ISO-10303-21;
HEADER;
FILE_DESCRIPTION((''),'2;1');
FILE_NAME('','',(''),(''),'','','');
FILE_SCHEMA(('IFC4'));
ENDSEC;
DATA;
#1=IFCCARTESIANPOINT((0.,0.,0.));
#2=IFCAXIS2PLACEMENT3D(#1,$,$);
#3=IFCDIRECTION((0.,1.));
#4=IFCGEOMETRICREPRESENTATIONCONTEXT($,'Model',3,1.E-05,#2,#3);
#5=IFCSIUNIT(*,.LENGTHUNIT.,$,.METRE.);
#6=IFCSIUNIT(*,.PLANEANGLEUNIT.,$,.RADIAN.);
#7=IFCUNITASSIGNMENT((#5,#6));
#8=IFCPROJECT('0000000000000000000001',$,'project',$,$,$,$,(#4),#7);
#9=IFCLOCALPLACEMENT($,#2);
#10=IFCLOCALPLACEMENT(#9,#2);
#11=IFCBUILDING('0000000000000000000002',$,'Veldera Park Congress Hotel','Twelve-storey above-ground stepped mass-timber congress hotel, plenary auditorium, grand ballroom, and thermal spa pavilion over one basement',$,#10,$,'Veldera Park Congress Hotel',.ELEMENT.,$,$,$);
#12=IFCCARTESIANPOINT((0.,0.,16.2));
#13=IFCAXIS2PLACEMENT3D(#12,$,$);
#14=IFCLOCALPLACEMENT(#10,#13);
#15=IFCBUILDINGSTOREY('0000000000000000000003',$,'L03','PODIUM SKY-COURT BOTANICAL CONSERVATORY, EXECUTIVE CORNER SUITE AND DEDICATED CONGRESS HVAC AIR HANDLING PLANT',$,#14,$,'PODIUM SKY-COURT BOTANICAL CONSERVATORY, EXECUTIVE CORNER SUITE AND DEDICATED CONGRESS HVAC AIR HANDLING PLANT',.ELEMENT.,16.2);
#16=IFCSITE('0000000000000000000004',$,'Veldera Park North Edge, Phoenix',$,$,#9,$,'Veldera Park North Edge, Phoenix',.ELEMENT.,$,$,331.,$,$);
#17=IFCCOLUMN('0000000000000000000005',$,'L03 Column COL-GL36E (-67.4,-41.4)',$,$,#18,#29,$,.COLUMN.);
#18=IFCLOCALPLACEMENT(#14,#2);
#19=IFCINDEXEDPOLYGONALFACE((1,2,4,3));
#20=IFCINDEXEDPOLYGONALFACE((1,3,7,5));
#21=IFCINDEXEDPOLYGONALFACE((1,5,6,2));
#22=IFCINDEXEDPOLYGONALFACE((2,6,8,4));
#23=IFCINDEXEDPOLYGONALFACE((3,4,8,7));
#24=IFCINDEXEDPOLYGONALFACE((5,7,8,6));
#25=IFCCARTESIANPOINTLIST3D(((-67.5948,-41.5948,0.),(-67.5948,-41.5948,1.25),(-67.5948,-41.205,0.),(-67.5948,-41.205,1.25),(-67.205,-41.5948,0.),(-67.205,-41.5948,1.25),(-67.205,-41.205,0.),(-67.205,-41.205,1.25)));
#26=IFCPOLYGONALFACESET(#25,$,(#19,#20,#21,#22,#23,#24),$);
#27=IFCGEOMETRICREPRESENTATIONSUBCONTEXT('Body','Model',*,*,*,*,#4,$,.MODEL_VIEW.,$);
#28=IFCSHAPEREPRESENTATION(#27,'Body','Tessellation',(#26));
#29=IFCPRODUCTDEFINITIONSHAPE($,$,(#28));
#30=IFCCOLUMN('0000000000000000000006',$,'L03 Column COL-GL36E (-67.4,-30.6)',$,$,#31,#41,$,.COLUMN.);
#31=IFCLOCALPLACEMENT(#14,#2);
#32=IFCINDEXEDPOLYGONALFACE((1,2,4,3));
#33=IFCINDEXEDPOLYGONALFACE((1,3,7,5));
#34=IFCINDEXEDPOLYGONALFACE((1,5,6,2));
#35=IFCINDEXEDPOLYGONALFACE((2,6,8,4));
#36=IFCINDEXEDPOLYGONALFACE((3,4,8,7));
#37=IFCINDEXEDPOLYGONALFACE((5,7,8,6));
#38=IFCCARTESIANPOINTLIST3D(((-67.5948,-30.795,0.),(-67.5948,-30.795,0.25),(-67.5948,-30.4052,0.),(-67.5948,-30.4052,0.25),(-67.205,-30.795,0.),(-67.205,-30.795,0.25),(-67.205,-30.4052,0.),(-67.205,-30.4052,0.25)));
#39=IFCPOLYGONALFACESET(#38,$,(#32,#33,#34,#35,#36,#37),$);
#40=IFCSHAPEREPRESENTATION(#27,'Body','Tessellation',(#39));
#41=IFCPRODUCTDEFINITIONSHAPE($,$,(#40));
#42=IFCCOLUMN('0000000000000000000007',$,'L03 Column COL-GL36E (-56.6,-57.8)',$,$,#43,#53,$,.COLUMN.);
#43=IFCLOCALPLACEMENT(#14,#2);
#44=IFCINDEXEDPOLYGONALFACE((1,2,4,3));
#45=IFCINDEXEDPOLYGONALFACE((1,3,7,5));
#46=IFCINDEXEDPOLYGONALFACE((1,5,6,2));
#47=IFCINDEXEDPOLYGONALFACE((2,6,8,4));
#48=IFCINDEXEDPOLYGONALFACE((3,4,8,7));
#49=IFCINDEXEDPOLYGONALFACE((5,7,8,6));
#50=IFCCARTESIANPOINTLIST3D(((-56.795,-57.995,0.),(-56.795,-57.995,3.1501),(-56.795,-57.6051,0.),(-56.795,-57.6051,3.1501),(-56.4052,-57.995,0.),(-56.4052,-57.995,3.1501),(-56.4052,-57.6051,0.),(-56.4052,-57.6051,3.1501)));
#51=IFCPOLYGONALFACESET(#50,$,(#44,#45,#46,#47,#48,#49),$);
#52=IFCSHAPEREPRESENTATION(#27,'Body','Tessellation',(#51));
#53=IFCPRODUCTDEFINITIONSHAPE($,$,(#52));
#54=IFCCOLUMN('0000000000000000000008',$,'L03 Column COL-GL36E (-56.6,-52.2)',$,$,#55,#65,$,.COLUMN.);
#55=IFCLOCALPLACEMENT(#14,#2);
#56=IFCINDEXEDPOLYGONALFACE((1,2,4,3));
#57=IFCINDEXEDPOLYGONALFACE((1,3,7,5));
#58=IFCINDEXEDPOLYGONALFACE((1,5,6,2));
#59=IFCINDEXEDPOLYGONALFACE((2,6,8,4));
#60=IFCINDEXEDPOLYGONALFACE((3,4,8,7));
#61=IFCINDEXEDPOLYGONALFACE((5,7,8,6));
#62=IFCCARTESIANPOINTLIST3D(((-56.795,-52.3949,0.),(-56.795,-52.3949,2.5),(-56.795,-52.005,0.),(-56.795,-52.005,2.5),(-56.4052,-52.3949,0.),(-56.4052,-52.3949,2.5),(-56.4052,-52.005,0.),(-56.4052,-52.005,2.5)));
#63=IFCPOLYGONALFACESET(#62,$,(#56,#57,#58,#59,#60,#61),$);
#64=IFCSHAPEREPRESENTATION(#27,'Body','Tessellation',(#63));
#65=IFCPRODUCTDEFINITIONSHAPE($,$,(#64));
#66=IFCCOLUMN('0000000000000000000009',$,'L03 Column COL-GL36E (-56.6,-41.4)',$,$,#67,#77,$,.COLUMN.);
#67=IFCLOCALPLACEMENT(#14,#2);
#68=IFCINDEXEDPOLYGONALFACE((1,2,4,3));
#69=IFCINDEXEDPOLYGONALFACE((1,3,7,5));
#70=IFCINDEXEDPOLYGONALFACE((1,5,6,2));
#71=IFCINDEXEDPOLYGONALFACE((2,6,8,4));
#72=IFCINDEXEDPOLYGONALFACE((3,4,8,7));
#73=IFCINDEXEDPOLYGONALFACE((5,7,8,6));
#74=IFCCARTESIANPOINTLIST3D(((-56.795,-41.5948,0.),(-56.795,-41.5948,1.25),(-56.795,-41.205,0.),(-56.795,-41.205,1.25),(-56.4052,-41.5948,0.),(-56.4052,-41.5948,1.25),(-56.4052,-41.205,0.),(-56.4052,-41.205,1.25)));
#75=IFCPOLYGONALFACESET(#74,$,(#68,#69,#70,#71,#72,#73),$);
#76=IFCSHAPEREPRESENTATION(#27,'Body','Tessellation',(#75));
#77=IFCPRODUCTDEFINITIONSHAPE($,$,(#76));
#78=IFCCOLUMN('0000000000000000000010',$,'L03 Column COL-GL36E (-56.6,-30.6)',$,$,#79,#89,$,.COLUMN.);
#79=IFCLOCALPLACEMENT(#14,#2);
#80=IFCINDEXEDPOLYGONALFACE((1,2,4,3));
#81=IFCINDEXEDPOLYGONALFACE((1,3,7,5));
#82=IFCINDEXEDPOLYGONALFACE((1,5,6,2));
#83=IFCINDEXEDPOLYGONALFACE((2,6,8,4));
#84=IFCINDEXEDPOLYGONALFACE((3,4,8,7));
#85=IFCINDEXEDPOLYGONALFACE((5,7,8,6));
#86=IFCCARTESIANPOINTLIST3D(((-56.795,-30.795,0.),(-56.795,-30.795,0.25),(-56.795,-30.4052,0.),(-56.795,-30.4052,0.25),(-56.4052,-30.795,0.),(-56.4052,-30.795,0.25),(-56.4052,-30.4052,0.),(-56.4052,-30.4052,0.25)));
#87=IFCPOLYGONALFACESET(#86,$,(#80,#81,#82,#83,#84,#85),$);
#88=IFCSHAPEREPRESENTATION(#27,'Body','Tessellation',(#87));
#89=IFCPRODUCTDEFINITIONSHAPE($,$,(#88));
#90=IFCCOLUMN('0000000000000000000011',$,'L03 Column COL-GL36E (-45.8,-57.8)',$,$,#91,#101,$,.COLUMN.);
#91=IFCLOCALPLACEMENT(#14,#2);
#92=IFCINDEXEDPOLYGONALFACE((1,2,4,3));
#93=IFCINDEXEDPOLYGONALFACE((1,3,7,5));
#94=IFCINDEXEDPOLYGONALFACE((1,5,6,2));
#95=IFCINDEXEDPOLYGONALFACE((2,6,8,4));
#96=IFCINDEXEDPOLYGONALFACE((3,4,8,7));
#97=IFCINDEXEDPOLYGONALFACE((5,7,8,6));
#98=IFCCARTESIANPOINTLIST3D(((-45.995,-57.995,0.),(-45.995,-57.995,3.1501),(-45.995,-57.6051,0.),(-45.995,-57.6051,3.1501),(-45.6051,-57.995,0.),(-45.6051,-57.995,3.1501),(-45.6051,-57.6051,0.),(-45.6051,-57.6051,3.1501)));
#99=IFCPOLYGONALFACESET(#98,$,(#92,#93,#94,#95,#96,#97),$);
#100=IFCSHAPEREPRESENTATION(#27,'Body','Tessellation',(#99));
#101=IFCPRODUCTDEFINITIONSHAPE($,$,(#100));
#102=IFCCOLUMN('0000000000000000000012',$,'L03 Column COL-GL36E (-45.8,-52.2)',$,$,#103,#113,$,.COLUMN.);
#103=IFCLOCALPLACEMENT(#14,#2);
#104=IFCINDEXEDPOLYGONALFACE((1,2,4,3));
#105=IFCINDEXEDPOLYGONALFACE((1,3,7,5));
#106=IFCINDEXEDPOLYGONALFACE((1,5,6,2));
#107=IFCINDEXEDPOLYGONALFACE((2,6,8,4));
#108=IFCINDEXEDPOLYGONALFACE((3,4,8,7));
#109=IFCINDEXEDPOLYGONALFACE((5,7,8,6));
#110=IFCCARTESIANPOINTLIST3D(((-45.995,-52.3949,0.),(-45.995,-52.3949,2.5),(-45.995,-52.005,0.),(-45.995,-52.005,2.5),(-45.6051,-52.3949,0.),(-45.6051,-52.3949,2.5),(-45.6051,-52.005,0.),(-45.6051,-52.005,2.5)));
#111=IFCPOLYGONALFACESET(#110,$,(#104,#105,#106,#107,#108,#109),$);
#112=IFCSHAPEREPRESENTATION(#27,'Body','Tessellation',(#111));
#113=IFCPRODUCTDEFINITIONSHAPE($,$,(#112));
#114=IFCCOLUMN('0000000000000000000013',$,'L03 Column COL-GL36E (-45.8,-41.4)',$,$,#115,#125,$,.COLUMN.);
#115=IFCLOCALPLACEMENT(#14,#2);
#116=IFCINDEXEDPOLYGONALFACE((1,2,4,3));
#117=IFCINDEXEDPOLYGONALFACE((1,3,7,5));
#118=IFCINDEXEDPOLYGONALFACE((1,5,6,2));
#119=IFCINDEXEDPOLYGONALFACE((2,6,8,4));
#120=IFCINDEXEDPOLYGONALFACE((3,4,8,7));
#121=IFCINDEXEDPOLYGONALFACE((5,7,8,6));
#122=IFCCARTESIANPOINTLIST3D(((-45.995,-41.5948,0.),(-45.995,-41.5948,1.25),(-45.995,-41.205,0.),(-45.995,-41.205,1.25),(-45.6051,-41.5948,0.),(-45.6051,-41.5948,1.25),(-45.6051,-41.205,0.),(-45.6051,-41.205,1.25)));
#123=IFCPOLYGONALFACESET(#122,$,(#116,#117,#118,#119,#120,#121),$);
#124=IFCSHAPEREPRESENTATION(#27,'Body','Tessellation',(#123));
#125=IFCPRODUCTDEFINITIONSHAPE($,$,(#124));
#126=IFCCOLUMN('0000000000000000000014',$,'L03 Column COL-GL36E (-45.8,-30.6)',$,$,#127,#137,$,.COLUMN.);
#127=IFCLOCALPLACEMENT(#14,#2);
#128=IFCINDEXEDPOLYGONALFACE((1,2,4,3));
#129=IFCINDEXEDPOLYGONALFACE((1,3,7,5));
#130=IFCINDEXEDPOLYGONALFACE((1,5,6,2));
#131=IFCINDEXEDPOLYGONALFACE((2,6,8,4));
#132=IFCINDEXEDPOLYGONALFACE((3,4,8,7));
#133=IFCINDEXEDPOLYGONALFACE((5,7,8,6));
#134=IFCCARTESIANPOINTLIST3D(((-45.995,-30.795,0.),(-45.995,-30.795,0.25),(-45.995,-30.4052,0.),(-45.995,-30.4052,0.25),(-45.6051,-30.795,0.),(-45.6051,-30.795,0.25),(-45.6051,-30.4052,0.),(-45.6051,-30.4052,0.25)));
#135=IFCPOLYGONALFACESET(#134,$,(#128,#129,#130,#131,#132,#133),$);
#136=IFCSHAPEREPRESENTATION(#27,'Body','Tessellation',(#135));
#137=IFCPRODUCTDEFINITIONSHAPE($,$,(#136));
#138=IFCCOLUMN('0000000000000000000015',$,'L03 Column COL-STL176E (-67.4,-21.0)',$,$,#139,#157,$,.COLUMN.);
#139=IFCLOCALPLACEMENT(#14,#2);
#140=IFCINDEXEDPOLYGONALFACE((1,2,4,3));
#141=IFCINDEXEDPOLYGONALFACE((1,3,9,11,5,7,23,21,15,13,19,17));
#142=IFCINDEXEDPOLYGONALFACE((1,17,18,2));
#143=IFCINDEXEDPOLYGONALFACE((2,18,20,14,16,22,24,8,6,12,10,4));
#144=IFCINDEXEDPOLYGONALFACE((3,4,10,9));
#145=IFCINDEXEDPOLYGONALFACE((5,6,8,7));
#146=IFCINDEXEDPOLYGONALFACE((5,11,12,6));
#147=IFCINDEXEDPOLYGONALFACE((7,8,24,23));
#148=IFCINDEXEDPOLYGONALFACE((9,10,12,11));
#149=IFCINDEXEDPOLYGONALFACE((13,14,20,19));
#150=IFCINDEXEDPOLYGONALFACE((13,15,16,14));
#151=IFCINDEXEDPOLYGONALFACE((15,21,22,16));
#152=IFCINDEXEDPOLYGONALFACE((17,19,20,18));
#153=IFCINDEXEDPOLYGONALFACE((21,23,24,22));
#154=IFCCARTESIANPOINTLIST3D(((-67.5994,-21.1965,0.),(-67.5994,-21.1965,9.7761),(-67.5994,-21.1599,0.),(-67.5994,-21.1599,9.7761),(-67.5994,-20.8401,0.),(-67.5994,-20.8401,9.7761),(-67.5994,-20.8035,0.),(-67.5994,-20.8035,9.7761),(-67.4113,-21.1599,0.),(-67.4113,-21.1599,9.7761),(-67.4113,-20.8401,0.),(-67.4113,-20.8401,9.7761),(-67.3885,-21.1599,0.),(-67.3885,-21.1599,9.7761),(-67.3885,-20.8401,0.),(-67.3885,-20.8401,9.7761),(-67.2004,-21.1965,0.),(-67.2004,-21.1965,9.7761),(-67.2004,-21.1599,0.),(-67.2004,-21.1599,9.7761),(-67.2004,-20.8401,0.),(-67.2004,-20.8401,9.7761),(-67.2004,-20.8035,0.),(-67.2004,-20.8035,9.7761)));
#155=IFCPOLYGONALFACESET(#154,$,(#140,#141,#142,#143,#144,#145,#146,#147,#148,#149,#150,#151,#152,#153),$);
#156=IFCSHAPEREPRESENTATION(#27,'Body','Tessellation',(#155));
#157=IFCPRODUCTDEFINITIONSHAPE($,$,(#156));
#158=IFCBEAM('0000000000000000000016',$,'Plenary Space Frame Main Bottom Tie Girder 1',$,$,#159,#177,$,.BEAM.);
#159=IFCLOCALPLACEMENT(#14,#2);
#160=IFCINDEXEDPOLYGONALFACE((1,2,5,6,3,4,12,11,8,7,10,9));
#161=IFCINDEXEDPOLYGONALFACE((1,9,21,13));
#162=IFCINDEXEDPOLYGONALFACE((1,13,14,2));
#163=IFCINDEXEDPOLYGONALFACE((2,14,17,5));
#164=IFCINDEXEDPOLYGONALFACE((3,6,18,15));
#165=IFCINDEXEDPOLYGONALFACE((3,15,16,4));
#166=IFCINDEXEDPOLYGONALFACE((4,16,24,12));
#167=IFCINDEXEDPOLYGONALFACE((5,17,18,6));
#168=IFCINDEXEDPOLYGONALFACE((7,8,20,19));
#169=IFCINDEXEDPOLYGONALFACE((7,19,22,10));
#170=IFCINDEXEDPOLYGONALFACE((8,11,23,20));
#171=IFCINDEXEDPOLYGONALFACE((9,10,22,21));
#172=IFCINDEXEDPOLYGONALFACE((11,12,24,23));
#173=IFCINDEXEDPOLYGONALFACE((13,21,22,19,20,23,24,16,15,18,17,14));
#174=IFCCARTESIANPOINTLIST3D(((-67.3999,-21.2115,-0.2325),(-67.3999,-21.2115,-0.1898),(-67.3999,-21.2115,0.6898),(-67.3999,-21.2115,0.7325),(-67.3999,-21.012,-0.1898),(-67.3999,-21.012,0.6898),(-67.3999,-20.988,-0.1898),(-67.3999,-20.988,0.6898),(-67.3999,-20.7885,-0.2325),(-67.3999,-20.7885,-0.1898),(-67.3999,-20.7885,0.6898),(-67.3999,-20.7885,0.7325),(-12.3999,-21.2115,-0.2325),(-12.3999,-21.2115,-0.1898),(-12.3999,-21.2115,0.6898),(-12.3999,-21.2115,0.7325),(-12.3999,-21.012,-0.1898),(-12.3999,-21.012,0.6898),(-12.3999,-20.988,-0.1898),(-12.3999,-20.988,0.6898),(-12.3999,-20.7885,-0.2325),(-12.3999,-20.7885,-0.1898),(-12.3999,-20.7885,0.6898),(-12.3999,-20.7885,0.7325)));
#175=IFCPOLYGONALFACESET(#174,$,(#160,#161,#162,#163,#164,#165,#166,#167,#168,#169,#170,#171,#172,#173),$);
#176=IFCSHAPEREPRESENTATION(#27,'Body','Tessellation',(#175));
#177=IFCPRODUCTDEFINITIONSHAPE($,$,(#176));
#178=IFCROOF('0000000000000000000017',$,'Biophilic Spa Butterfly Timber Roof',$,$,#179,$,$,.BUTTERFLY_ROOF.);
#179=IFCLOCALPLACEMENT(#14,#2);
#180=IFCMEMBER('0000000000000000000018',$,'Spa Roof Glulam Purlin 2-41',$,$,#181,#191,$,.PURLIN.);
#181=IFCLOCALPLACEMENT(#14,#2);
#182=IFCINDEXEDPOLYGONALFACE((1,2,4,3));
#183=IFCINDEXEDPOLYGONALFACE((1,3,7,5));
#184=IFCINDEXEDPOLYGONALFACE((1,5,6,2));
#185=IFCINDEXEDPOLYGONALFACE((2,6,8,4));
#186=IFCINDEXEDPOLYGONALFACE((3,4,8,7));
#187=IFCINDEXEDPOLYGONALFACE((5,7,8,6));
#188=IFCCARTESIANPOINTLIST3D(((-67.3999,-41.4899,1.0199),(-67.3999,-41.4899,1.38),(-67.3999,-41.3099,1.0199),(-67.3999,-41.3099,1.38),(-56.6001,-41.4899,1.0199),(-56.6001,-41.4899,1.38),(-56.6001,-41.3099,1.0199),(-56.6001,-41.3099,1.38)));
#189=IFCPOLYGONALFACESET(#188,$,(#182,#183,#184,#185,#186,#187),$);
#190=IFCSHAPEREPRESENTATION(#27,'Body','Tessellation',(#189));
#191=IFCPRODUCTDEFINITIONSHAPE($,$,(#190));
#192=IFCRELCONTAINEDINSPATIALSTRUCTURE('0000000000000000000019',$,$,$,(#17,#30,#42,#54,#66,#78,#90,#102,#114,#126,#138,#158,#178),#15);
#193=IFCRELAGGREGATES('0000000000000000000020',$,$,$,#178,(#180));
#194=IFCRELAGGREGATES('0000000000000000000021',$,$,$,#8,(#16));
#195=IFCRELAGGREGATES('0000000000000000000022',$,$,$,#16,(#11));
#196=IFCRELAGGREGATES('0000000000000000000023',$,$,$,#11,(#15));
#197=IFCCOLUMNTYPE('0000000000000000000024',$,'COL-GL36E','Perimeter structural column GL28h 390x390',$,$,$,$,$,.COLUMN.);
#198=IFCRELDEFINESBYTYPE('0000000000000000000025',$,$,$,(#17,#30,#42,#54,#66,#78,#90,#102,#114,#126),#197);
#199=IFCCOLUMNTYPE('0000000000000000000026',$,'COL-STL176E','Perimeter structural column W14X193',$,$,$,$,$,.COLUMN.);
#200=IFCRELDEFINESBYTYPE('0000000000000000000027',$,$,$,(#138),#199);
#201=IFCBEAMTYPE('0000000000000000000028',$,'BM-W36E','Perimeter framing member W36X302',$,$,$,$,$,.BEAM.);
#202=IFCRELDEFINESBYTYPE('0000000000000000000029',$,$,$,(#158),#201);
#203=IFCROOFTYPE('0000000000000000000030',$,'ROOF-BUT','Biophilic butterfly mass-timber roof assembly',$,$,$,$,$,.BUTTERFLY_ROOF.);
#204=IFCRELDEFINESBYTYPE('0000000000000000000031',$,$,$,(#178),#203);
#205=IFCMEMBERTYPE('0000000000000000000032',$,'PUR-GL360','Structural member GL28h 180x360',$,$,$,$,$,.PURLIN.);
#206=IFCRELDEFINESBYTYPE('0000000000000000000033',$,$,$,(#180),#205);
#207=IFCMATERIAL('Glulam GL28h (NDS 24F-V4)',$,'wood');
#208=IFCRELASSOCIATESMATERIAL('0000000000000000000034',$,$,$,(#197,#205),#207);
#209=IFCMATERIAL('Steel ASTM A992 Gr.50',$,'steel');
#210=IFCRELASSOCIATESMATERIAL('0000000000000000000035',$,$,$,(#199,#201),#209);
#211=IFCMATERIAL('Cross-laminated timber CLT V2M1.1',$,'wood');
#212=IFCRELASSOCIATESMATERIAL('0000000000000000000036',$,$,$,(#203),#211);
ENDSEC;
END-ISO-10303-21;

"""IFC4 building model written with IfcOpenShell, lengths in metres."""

from ifc_helpers import new_model, si_unit, direction, frame, origin, origin_2d, place, context, subcontext, project, spatial, rectangle, i_section, extrude, material, material_profile, profile_set, type_object, element, aggregate, save


model = new_model("IFC4")

# Units and contexts
model_context = context("Model", 3, precision=1e-05, world=origin(), true_north=direction((0.0, 1.0)))
body_context = subcontext(model_context, "Body", "Model", "MODEL_VIEW")
ifc_project = project(units=[si_unit("LENGTHUNIT", "METRE"), si_unit("PLANEANGLEUNIT", "RADIAN")], contexts=[model_context])

# Site, building, storey
site_placement = place(None, origin())
site = spatial("IfcSite", under=ifc_project, at=site_placement, Name="Veldera Park North Edge, Phoenix", LongName="Veldera Park North Edge, Phoenix", CompositionType="ELEMENT", RefElevation=331.0)
building_placement = place(site_placement, origin())
building = spatial("IfcBuilding", under=site, at=building_placement, Name="Veldera Park Congress Hotel", Description="Twelve-storey above-ground stepped mass-timber congress hotel, plenary auditorium, grand ballroom, and thermal spa pavilion over one basement", LongName="Veldera Park Congress Hotel", CompositionType="ELEMENT")
storey_placement = place(building_placement, frame((0.0, 0.0, 16.2)))
storey = spatial("IfcBuildingStorey", under=building, at=storey_placement, Name="L03", Description="PODIUM SKY-COURT BOTANICAL CONSERVATORY, EXECUTIVE CORNER SUITE AND DEDICATED CONGRESS HVAC AIR HANDLING PLANT", LongName="PODIUM SKY-COURT BOTANICAL CONSERVATORY, EXECUTIVE CORNER SUITE AND DEDICATED CONGRESS HVAC AIR HANDLING PLANT", CompositionType="ELEMENT", Elevation=16.2)

# Columns
ifc_material_1 = material(Name="Glulam GL28h (NDS 24F-V4)", Category="wood")
ifc_material_profile_1 = material_profile(ifc_material_1, rectangle(XDim=0.3899, YDim=0.3899, at=origin_2d()), Name="GL28h 390x390")
ifc_profile_set_1 = profile_set([ifc_material_profile_1], Name="Glulam GL28h (NDS 24F-V4)")
column_type_1 = type_object("IfcColumnType", Name="COL-GL36E", Description="Perimeter structural column GL28h 390x390", PredefinedType="COLUMN", material=ifc_profile_set_1)
column_1_placement = place(storey_placement, frame((-67.3999, -41.3999, 0.0), z_axis=(0.0, 0.0, 1.0), x_axis=(1.0, 0.0, 0.0)))
element("IfcColumn", 1, at=column_1_placement, inside=storey, type_object=column_type_1, Name="L03 Column COL-GL36E (-67.4,-41.4)", PredefinedType="COLUMN", context=body_context, shape_type="SweptSolid", body=[
    extrude(rectangle(XDim=0.3899, YDim=0.3899, at=origin_2d()), origin(), (0.0, 0.0, 1.0), 1.25),
])
column_2_placement = place(storey_placement, frame((-67.3999, -30.6001, 0.0), z_axis=(0.0, 0.0, 1.0), x_axis=(1.0, 0.0, 0.0)))
element("IfcColumn", 2, at=column_2_placement, inside=storey, type_object=column_type_1, Name="L03 Column COL-GL36E (-67.4,-30.6)", PredefinedType="COLUMN", context=body_context, shape_type="SweptSolid", body=[
    extrude(rectangle(XDim=0.3899, YDim=0.3899, at=origin_2d()), origin(), (0.0, 0.0, 1.0), 0.25),
])
column_3_placement = place(storey_placement, frame((-56.6001, -57.8, 0.0), z_axis=(0.0, 0.0, 1.0), x_axis=(1.0, 0.0, 0.0)))
element("IfcColumn", 3, at=column_3_placement, inside=storey, type_object=column_type_1, Name="L03 Column COL-GL36E (-56.6,-57.8)", PredefinedType="COLUMN", context=body_context, shape_type="SweptSolid", body=[
    extrude(rectangle(XDim=0.3899, YDim=0.3899, at=origin_2d()), origin(), (0.0, 0.0, 1.0), 3.1501),
])
column_4_placement = place(storey_placement, frame((-56.6001, -52.2, 0.0), z_axis=(0.0, 0.0, 1.0), x_axis=(1.0, 0.0, 0.0)))
element("IfcColumn", 4, at=column_4_placement, inside=storey, type_object=column_type_1, Name="L03 Column COL-GL36E (-56.6,-52.2)", PredefinedType="COLUMN", context=body_context, shape_type="SweptSolid", body=[
    extrude(rectangle(XDim=0.3899, YDim=0.3899, at=origin_2d()), origin(), (0.0, 0.0, 1.0), 2.5),
])
column_5_placement = place(storey_placement, frame((-56.6001, -41.3999, 0.0), z_axis=(0.0, 0.0, 1.0), x_axis=(1.0, 0.0, 0.0)))
element("IfcColumn", 5, at=column_5_placement, inside=storey, type_object=column_type_1, Name="L03 Column COL-GL36E (-56.6,-41.4)", PredefinedType="COLUMN", context=body_context, shape_type="SweptSolid", body=[
    extrude(rectangle(XDim=0.3899, YDim=0.3899, at=origin_2d()), origin(), (0.0, 0.0, 1.0), 1.25),
])
column_6_placement = place(storey_placement, frame((-56.6001, -30.6001, 0.0), z_axis=(0.0, 0.0, 1.0), x_axis=(1.0, 0.0, 0.0)))
element("IfcColumn", 6, at=column_6_placement, inside=storey, type_object=column_type_1, Name="L03 Column COL-GL36E (-56.6,-30.6)", PredefinedType="COLUMN", context=body_context, shape_type="SweptSolid", body=[
    extrude(rectangle(XDim=0.3899, YDim=0.3899, at=origin_2d()), origin(), (0.0, 0.0, 1.0), 0.25),
])
column_7_placement = place(storey_placement, frame((-45.8, -57.8, 0.0), z_axis=(0.0, 0.0, 1.0), x_axis=(1.0, 0.0, 0.0)))
element("IfcColumn", 7, at=column_7_placement, inside=storey, type_object=column_type_1, Name="L03 Column COL-GL36E (-45.8,-57.8)", PredefinedType="COLUMN", context=body_context, shape_type="SweptSolid", body=[
    extrude(rectangle(XDim=0.3899, YDim=0.3899, at=origin_2d()), origin(), (0.0, 0.0, 1.0), 3.1501),
])
column_8_placement = place(storey_placement, frame((-45.8, -52.2, 0.0), z_axis=(0.0, 0.0, 1.0), x_axis=(1.0, 0.0, 0.0)))
element("IfcColumn", 8, at=column_8_placement, inside=storey, type_object=column_type_1, Name="L03 Column COL-GL36E (-45.8,-52.2)", PredefinedType="COLUMN", context=body_context, shape_type="SweptSolid", body=[
    extrude(rectangle(XDim=0.3899, YDim=0.3899, at=origin_2d()), origin(), (0.0, 0.0, 1.0), 2.5),
])
column_9_placement = place(storey_placement, frame((-45.8, -41.3999, 0.0), z_axis=(0.0, 0.0, 1.0), x_axis=(1.0, 0.0, 0.0)))
element("IfcColumn", 9, at=column_9_placement, inside=storey, type_object=column_type_1, Name="L03 Column COL-GL36E (-45.8,-41.4)", PredefinedType="COLUMN", context=body_context, shape_type="SweptSolid", body=[
    extrude(rectangle(XDim=0.3899, YDim=0.3899, at=origin_2d()), origin(), (0.0, 0.0, 1.0), 1.25),
])
column_10_placement = place(storey_placement, frame((-45.8, -30.6001, 0.0), z_axis=(0.0, 0.0, 1.0), x_axis=(1.0, 0.0, 0.0)))
element("IfcColumn", 10, at=column_10_placement, inside=storey, type_object=column_type_1, Name="L03 Column COL-GL36E (-45.8,-30.6)", PredefinedType="COLUMN", context=body_context, shape_type="SweptSolid", body=[
    extrude(rectangle(XDim=0.3899, YDim=0.3899, at=origin_2d()), origin(), (0.0, 0.0, 1.0), 0.25),
])
ifc_material_2 = material(Name="Steel ASTM A992 Gr.50", Category="steel")
ifc_material_profile_2 = material_profile(ifc_material_2, i_section(OverallWidth=0.3989, OverallDepth=0.3931, WebThickness=0.0227, FlangeThickness=0.0366, at=origin_2d()), Name="W14X193")
ifc_profile_set_2 = profile_set([ifc_material_profile_2], Name="Steel ASTM A992 Gr.50")
column_type_2 = type_object("IfcColumnType", Name="COL-STL176E", Description="Perimeter structural column W14X193", PredefinedType="COLUMN", material=ifc_profile_set_2)
column_11_placement = place(storey_placement, frame((-67.3999, -21.0, 0.0), z_axis=(0.0, 0.0, 1.0), x_axis=(1.0, 0.0, 0.0)))
element("IfcColumn", 11, at=column_11_placement, inside=storey, type_object=column_type_2, Name="L03 Column COL-STL176E (-67.4,-21.0)", PredefinedType="COLUMN", context=body_context, shape_type="SweptSolid", body=[
    extrude(i_section(OverallWidth=0.3989, OverallDepth=0.3931, WebThickness=0.0227, FlangeThickness=0.0366, at=origin_2d()), origin(), (0.0, 0.0, 1.0), 9.7761),
])

# Beam
ifc_material_profile_3 = material_profile(ifc_material_2, i_section(OverallWidth=0.4231, OverallDepth=0.9651, WebThickness=0.0239, FlangeThickness=0.0427, at=origin_2d()), Name="W36X302")
ifc_profile_set_3 = profile_set([ifc_material_profile_3], Name="Steel ASTM A992 Gr.50")
beam_type = type_object("IfcBeamType", Name="BM-W36E", Description="Perimeter framing member W36X302", PredefinedType="BEAM", material=ifc_profile_set_3)
beam_placement = place(storey_placement, frame((-67.3999, -21.0, 0.25), z_axis=(1.0, 0.0, 0.0), x_axis=(0.0, 1.0, 0.0)))
element("IfcBeam", 12, at=beam_placement, inside=storey, type_object=beam_type, Name="Plenary Space Frame Main Bottom Tie Girder 1", PredefinedType="BEAM", context=body_context, shape_type="SweptSolid", body=[
    extrude(i_section(OverallWidth=0.4231, OverallDepth=0.9651, WebThickness=0.0239, FlangeThickness=0.0427, at=origin_2d()), origin(), (0.0, 0.0, 1.0), 55.0),
])

# Roof, member
ifc_material_3 = material(Name="Cross-laminated timber CLT V2M1.1", Category="wood")
roof_type = type_object("IfcRoofType", Name="ROOF-BUT", Description="Biophilic butterfly mass-timber roof assembly", PredefinedType="BUTTERFLY_ROOF", material=ifc_material_3)
roof_placement = place(storey_placement, origin())
roof = element("IfcRoof", 13, at=roof_placement, inside=storey, type_object=roof_type, Name="Biophilic Spa Butterfly Timber Roof", PredefinedType="BUTTERFLY_ROOF")
ifc_material_profile_4 = material_profile(ifc_material_1, rectangle(XDim=0.1799, YDim=0.3601, at=origin_2d()), Name="GL28h 180x360")
ifc_profile_set_4 = profile_set([ifc_material_profile_4], Name="Glulam GL28h (NDS 24F-V4)")
member_type_1 = type_object("IfcMemberType", Name="PUR-GL360", Description="Structural member GL28h 180x360", PredefinedType="PURLIN", material=ifc_profile_set_4)
member_1_placement = place(storey_placement, frame((-67.3999, -41.3999, 1.2), z_axis=(1.0, 0.0, 0.0), x_axis=(0.0, 1.0, 0.0)))
member_1 = element("IfcMember", 14, at=member_1_placement, type_object=member_type_1, Name="Spa Roof Glulam Purlin 2-41", PredefinedType="PURLIN", context=body_context, shape_type="SweptSolid", body=[
    extrude(rectangle(XDim=0.1799, YDim=0.3601, at=origin_2d()), origin(), (0.0, 0.0, 1.0), 10.7998),
])
aggregate(roof, [member_1])

save(model, "model.ifc")
